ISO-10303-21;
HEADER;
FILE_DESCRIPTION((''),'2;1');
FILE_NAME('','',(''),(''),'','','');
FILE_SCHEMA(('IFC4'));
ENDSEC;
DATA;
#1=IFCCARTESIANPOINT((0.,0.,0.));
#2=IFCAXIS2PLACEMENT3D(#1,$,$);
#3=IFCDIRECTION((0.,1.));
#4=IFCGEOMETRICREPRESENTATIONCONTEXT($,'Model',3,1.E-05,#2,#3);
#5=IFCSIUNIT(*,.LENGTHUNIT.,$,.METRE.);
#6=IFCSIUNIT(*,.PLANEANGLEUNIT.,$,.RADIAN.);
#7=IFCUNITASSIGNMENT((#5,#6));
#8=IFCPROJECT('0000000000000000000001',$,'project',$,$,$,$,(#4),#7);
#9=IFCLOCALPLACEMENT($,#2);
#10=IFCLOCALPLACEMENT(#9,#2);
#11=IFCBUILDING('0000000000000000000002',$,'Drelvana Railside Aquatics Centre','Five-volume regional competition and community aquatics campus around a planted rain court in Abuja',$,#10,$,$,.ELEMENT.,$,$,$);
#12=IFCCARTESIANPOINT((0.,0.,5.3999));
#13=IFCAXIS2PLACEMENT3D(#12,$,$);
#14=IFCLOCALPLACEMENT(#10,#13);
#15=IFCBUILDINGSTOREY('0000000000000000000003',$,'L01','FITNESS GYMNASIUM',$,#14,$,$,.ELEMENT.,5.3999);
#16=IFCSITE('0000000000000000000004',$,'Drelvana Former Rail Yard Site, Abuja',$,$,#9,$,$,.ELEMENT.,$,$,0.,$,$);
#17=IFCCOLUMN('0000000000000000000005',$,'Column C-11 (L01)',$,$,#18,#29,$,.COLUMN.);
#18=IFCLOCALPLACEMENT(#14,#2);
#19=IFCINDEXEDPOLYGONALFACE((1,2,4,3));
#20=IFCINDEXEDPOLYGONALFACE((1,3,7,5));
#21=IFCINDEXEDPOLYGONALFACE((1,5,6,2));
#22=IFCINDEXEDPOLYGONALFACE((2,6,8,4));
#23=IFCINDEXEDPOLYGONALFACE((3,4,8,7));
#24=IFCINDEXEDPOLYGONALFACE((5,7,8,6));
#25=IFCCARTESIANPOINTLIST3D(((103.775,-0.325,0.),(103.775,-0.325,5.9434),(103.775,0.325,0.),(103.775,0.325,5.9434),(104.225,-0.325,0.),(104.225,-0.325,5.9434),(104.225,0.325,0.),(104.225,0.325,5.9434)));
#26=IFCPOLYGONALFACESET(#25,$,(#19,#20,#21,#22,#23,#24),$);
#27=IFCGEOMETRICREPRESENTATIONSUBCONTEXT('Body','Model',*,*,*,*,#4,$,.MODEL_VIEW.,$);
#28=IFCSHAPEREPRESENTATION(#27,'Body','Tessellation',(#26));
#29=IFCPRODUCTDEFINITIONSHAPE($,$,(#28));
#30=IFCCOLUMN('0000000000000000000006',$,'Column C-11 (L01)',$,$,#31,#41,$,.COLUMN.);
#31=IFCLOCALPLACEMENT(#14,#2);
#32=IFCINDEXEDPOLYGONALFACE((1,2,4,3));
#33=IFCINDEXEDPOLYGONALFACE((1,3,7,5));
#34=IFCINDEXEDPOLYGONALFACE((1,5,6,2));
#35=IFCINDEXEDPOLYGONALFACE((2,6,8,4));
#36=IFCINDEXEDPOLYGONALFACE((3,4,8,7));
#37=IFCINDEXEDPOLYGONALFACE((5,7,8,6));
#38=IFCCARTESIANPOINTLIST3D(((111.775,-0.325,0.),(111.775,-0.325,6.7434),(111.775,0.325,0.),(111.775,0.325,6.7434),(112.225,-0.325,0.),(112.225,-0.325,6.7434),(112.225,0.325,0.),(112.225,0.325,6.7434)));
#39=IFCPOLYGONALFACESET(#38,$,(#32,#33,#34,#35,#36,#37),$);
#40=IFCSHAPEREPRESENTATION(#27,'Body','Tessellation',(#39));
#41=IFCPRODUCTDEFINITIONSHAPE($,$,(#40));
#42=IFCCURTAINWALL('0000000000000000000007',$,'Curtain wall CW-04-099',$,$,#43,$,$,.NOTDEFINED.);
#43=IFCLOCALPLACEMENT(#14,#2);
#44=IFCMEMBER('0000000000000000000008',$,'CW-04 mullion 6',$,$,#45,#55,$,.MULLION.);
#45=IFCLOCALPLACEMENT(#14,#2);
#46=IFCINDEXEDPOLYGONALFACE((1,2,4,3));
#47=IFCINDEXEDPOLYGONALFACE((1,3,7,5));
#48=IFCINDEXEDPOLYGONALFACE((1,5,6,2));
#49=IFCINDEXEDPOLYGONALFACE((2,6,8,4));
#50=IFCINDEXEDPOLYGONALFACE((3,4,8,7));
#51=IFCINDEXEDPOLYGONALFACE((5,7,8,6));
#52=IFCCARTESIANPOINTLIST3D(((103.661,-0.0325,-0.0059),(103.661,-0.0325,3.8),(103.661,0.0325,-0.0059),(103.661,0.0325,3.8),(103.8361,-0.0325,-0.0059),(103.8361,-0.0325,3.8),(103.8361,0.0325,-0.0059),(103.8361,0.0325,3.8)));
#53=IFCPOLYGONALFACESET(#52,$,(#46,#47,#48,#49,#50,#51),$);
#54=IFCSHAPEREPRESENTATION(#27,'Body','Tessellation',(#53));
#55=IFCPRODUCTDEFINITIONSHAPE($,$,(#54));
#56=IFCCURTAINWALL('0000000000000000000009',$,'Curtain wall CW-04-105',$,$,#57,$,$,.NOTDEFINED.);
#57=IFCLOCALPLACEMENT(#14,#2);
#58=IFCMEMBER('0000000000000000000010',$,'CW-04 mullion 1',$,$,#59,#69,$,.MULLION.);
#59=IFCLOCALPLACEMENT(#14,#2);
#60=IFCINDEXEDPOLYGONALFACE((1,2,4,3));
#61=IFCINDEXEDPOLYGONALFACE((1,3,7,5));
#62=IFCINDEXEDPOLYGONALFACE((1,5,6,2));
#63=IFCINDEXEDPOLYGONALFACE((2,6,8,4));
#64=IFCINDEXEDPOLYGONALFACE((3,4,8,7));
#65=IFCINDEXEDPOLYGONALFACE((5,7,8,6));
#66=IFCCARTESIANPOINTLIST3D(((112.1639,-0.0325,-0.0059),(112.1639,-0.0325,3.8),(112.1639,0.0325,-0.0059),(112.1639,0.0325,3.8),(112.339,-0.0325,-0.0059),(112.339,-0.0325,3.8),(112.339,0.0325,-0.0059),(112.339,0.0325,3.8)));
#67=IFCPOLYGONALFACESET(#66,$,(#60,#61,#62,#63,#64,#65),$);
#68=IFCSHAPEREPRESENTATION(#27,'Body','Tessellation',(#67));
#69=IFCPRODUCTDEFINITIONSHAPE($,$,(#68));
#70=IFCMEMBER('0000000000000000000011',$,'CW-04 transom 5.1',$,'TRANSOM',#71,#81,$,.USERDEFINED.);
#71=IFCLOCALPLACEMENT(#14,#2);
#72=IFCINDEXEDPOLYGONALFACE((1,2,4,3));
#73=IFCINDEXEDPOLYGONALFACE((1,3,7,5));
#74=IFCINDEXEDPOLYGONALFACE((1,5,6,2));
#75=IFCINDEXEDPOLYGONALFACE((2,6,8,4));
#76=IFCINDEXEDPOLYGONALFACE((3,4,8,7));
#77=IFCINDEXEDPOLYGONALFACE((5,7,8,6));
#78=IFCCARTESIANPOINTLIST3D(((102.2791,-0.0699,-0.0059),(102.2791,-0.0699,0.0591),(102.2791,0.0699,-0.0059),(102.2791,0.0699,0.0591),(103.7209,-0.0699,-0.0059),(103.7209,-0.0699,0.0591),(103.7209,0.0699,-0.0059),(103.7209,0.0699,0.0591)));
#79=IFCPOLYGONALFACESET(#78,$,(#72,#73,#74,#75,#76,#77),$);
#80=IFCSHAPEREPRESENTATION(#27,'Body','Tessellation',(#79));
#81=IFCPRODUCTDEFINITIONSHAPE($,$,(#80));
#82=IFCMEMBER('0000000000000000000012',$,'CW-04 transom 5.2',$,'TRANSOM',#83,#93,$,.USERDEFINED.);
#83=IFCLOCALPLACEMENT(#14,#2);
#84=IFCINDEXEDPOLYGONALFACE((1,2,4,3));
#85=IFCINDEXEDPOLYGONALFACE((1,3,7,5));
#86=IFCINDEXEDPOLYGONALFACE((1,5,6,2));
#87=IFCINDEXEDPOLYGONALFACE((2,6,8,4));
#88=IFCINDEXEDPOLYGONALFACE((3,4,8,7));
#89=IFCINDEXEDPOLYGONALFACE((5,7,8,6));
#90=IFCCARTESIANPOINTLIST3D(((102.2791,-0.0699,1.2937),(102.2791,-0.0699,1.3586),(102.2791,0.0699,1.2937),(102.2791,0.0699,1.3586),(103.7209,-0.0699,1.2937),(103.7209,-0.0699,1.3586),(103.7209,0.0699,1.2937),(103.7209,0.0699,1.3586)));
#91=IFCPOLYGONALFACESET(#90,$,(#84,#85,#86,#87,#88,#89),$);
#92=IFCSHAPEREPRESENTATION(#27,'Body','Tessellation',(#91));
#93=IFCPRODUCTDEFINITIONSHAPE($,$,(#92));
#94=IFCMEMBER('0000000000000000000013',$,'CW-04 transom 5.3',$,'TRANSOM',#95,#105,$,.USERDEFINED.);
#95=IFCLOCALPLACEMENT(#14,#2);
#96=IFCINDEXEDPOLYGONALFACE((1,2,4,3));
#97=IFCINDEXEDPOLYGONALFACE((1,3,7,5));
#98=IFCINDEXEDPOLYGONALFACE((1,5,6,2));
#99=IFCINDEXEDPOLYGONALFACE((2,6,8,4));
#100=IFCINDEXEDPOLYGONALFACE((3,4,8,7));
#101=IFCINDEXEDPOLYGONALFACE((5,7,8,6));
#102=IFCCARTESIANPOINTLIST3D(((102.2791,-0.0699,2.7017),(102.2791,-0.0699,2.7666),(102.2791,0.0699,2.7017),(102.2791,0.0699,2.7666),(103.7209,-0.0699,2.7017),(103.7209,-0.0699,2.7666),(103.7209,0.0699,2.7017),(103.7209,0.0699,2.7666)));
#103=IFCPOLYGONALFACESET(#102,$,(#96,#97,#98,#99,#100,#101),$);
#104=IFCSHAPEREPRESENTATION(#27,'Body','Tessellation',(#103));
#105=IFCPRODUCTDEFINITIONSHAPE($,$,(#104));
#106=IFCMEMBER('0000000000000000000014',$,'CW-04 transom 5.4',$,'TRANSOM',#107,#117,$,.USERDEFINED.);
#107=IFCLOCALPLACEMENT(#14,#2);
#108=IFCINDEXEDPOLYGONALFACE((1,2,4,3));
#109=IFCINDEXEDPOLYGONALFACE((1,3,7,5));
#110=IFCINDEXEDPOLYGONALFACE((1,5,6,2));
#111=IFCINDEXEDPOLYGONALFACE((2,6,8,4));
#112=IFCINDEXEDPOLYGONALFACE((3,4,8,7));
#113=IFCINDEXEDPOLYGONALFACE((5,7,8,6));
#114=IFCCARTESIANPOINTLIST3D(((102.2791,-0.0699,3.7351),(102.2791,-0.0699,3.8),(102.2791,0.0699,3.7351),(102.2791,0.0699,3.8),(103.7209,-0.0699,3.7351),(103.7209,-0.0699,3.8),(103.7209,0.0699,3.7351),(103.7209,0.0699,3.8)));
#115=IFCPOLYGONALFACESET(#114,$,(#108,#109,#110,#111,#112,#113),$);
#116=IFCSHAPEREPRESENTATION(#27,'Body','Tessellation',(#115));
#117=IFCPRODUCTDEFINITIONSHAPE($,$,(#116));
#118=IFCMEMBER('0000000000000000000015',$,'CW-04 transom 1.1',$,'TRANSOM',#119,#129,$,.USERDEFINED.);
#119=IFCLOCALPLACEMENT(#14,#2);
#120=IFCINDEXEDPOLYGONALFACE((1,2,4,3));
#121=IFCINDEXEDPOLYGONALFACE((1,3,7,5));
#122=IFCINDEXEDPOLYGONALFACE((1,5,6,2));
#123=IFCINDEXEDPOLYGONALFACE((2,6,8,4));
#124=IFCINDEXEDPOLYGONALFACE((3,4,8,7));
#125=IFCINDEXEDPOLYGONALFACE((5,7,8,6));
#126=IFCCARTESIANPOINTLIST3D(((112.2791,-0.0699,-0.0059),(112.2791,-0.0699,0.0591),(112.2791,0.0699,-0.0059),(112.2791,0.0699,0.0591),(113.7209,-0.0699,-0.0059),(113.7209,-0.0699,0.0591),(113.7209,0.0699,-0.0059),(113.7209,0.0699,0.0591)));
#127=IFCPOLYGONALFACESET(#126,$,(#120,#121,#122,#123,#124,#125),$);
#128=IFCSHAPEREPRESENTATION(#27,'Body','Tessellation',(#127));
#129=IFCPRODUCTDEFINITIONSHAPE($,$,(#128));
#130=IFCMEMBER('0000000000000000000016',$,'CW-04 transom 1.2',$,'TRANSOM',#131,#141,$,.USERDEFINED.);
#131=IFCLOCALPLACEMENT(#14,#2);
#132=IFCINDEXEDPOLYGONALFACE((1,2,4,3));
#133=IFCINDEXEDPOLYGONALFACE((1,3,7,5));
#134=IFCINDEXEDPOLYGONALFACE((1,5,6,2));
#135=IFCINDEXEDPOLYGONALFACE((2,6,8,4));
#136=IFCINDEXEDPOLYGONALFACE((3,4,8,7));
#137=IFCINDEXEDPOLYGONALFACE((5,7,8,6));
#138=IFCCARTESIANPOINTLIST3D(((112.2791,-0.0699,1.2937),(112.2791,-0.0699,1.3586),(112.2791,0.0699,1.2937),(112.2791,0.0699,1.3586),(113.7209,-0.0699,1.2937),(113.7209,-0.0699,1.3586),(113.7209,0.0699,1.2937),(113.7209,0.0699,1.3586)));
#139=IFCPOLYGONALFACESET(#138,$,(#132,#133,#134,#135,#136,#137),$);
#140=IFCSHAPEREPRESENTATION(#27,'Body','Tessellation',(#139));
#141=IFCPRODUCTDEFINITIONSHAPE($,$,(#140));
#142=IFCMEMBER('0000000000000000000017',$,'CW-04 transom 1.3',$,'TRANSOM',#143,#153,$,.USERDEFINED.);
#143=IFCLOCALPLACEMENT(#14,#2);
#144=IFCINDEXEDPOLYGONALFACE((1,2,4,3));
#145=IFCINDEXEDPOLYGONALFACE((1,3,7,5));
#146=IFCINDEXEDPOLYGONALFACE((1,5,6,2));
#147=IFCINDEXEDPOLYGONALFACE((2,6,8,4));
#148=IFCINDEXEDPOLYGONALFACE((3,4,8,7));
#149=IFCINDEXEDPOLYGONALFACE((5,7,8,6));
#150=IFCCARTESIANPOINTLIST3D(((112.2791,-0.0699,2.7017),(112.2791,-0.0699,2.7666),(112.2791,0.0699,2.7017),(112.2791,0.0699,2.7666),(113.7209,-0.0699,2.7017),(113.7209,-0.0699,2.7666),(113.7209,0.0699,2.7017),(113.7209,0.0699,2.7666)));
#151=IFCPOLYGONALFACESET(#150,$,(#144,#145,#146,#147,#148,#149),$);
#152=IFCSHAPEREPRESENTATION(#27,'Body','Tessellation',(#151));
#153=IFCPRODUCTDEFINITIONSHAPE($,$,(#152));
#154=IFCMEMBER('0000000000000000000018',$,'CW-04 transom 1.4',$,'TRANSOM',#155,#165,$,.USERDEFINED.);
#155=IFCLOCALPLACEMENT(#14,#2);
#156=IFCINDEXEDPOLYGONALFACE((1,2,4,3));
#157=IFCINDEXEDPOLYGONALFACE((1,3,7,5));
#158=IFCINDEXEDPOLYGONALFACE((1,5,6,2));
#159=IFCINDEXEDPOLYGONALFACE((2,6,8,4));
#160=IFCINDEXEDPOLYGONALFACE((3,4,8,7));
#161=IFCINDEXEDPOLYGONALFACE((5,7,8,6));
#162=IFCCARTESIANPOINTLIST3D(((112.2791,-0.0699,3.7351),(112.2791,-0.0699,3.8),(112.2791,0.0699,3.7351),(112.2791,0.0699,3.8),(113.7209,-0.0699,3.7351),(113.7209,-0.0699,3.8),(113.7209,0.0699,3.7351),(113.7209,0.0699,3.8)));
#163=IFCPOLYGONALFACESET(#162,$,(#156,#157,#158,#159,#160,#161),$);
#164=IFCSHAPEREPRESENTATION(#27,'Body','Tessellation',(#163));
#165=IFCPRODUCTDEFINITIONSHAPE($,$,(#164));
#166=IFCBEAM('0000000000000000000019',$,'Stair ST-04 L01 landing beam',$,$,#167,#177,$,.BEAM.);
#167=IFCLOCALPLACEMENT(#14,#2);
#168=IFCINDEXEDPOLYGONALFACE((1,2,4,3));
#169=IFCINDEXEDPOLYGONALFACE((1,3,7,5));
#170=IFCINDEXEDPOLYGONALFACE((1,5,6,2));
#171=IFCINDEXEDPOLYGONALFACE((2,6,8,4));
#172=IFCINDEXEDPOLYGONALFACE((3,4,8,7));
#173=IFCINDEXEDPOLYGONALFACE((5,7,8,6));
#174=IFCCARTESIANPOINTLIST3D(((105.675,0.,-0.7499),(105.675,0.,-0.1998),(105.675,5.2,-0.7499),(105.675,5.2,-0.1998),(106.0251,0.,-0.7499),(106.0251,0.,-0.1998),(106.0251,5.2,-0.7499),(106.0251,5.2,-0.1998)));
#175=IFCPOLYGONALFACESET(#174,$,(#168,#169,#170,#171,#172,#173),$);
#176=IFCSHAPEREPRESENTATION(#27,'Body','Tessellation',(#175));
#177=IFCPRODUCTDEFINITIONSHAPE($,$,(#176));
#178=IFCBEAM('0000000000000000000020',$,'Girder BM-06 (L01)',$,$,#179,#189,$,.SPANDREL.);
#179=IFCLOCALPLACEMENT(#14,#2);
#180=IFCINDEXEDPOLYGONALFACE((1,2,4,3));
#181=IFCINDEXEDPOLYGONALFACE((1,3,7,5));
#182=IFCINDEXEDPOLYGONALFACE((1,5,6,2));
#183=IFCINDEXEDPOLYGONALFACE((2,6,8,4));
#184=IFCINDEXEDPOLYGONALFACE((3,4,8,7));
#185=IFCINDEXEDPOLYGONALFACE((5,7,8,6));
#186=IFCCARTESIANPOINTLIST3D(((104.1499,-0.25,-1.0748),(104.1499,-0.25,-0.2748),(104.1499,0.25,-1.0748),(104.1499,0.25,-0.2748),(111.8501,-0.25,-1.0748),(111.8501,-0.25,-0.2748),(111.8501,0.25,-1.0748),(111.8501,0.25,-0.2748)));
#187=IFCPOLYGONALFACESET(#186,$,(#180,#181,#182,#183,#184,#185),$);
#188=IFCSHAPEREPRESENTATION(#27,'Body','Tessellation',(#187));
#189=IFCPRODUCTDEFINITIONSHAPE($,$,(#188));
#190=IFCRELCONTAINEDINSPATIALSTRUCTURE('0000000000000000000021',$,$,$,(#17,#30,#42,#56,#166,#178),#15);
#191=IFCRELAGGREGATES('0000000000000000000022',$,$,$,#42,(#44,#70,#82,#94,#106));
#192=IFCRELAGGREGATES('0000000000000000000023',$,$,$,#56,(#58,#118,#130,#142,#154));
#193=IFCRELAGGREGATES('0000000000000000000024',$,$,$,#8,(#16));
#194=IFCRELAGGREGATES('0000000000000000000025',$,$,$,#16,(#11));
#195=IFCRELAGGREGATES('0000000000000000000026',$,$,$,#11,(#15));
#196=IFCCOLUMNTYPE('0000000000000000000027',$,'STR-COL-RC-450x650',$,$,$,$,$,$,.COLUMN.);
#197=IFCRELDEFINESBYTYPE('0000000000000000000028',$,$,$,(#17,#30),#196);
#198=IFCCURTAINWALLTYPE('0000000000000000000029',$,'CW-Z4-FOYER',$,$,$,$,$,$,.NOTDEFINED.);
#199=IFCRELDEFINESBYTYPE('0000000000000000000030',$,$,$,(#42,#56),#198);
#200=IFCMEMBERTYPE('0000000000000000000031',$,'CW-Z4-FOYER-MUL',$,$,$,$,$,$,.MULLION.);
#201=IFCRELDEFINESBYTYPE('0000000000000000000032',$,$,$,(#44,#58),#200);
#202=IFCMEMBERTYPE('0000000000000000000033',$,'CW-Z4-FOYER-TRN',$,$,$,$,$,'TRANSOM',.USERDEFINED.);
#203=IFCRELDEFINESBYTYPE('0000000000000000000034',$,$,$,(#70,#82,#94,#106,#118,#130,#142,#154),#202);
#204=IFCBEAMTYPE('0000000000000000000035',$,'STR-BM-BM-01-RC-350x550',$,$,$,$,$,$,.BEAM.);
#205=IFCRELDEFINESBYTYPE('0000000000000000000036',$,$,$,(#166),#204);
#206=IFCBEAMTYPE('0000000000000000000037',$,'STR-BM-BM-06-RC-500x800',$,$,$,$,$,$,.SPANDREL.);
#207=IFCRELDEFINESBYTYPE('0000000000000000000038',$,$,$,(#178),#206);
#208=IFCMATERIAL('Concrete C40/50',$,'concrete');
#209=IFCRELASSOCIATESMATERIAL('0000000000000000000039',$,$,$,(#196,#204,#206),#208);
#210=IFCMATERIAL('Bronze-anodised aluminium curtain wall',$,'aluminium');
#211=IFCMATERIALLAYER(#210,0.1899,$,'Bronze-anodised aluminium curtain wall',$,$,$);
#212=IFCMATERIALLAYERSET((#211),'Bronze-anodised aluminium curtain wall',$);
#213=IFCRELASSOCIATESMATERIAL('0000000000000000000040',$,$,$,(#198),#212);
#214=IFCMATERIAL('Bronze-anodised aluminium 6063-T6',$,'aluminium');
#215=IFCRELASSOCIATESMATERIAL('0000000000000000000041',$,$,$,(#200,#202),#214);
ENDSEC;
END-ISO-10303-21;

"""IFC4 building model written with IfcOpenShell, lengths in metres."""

from ifc_helpers import new_model, si_unit, direction, frame, origin, origin_2d, place, context, subcontext, project, spatial, rectangle, extrude, material, layer, layer_set, material_profile, profile_set, type_object, element, aggregate, save


model = new_model("IFC4")

# Units and contexts
model_context = context("Model", 3, precision=1e-05, world=origin(), true_north=direction((0.0, 1.0)))
body_context = subcontext(model_context, "Body", "Model", "MODEL_VIEW")
ifc_project = project(units=[si_unit("LENGTHUNIT", "METRE"), si_unit("PLANEANGLEUNIT", "RADIAN")], contexts=[model_context])

# Site, building, storey
site_placement = place(None, origin())
site = spatial("IfcSite", under=ifc_project, at=site_placement, Name="Drelvana Former Rail Yard Site, Abuja", CompositionType="ELEMENT", RefElevation=0.0)
building_placement = place(site_placement, origin())
building = spatial("IfcBuilding", under=site, at=building_placement, Name="Drelvana Railside Aquatics Centre", Description="Five-volume regional competition and community aquatics campus around a planted rain court in Abuja", CompositionType="ELEMENT")
storey_placement = place(building_placement, frame((0.0, 0.0, 5.3999)))
storey = spatial("IfcBuildingStorey", under=building, at=storey_placement, Name="L01", Description="FITNESS GYMNASIUM", CompositionType="ELEMENT", Elevation=5.3999)

# Columns
ifc_material_1 = material(Name="Concrete C40/50", Category="concrete")
ifc_material_profile_1 = material_profile(ifc_material_1, rectangle(XDim=0.45, YDim=0.6499, at=origin_2d()), Name="RC 450x650")
ifc_profile_set_1 = profile_set([ifc_material_profile_1], Name="Concrete C40/50")
column_type = type_object("IfcColumnType", Name="STR-COL-RC-450x650", PredefinedType="COLUMN", material=ifc_profile_set_1)
column_1_placement = place(storey_placement, frame((104.0, 0.0, 0.0), z_axis=(0.0, 0.0, 1.0), x_axis=(1.0, 0.0, 0.0)))
element("IfcColumn", 1, at=column_1_placement, inside=storey, type_object=column_type, Name="Column C-11 (L01)", PredefinedType="COLUMN", context=body_context, shape_type="SweptSolid", body=[
    extrude(rectangle(XDim=0.45, YDim=0.6499, at=origin_2d()), origin(), (0.0, 0.0, 1.0), 5.9434),
])
column_2_placement = place(storey_placement, frame((112.0, 0.0, 0.0), z_axis=(0.0, 0.0, 1.0), x_axis=(1.0, 0.0, 0.0)))
element("IfcColumn", 2, at=column_2_placement, inside=storey, type_object=column_type, Name="Column C-11 (L01)", PredefinedType="COLUMN", context=body_context, shape_type="SweptSolid", body=[
    extrude(rectangle(XDim=0.45, YDim=0.6499, at=origin_2d()), origin(), (0.0, 0.0, 1.0), 6.7434),
])

# Curtain walls, members
ifc_material_2 = material(Name="Bronze-anodised aluminium curtain wall", Category="aluminium")
ifc_layer_1 = layer(ifc_material_2, 0.1899, Name="Bronze-anodised aluminium curtain wall")
ifc_layer_set_1 = layer_set([ifc_layer_1], Name="Bronze-anodised aluminium curtain wall")
curtain_wall_type = type_object("IfcCurtainWallType", Name="CW-Z4-FOYER", PredefinedType="NOTDEFINED", material=ifc_layer_set_1)
curtain_wall_1_placement = place(storey_placement, origin())
curtain_wall_1 = element("IfcCurtainWall", 3, at=curtain_wall_1_placement, inside=storey, type_object=curtain_wall_type, Name="Curtain wall CW-04-099", PredefinedType="NOTDEFINED")
ifc_material_3 = material(Name="Bronze-anodised aluminium 6063-T6", Category="aluminium")
ifc_material_profile_2 = material_profile(ifc_material_3, rectangle(XDim=0.0649, YDim=0.175, at=origin_2d()), Name="ALU-M 65x175")
ifc_profile_set_2 = profile_set([ifc_material_profile_2], Name="Bronze-anodised aluminium 6063-T6")
member_type_1 = type_object("IfcMemberType", Name="CW-Z4-FOYER-MUL", PredefinedType="MULLION", material=ifc_profile_set_2)
member_1_placement = place(storey_placement, frame((103.7485, 0.0, -0.0059), z_axis=(0.0, 0.0, 1.0), x_axis=(0.0, 1.0, 0.0)))
member_1 = element("IfcMember", 4, at=member_1_placement, type_object=member_type_1, Name="CW-04 mullion 6", PredefinedType="MULLION", context=body_context, shape_type="SweptSolid", body=[
    extrude(rectangle(XDim=0.0649, YDim=0.175, at=origin_2d()), origin(), (0.0, 0.0, 1.0), 3.8059),
])
curtain_wall_2_placement = place(storey_placement, origin())
curtain_wall_2 = element("IfcCurtainWall", 5, at=curtain_wall_2_placement, inside=storey, type_object=curtain_wall_type, Name="Curtain wall CW-04-105", PredefinedType="NOTDEFINED")
member_2_placement = place(storey_placement, frame((112.2515, 0.0, -0.0059), z_axis=(0.0, 0.0, 1.0), x_axis=(0.0, 1.0, 0.0)))
member_2 = element("IfcMember", 6, at=member_2_placement, type_object=member_type_1, Name="CW-04 mullion 1", PredefinedType="MULLION", context=body_context, shape_type="SweptSolid", body=[
    extrude(rectangle(XDim=0.0649, YDim=0.175, at=origin_2d()), origin(), (0.0, 0.0, 1.0), 3.8059),
])

# Members
ifc_material_profile_3 = material_profile(ifc_material_3, rectangle(XDim=0.1399, YDim=0.0649, at=origin_2d()), Name="ALU-T 65x140")
ifc_profile_set_3 = profile_set([ifc_material_profile_3], Name="Bronze-anodised aluminium 6063-T6")
member_type_2 = type_object("IfcMemberType", Name="CW-Z4-FOYER-TRN", ElementType="TRANSOM", PredefinedType="USERDEFINED", material=ifc_profile_set_3)
member_3_placement = place(storey_placement, frame((102.2791, 0.0, 0.0266), z_axis=(1.0, 0.0, 0.0), x_axis=(0.0, 1.0, 0.0)))
member_3 = element("IfcMember", 7, at=member_3_placement, type_object=member_type_2, Name="CW-04 transom 5.1", ObjectType="TRANSOM", PredefinedType="USERDEFINED", context=body_context, shape_type="SweptSolid", body=[
    extrude(rectangle(XDim=0.1399, YDim=0.0649, at=origin_2d()), origin(), (0.0, 0.0, 1.0), 1.4419),
])
member_4_placement = place(storey_placement, frame((102.2791, 0.0, 1.3262), z_axis=(1.0, 0.0, 0.0), x_axis=(0.0, 1.0, 0.0)))
member_4 = element("IfcMember", 8, at=member_4_placement, type_object=member_type_2, Name="CW-04 transom 5.2", ObjectType="TRANSOM", PredefinedType="USERDEFINED", context=body_context, shape_type="SweptSolid", body=[
    extrude(rectangle(XDim=0.1399, YDim=0.0649, at=origin_2d()), origin(), (0.0, 0.0, 1.0), 1.4419),
])
member_5_placement = place(storey_placement, frame((102.2791, 0.0, 2.7341), z_axis=(1.0, 0.0, 0.0), x_axis=(0.0, 1.0, 0.0)))
member_5 = element("IfcMember", 9, at=member_5_placement, type_object=member_type_2, Name="CW-04 transom 5.3", ObjectType="TRANSOM", PredefinedType="USERDEFINED", context=body_context, shape_type="SweptSolid", body=[
    extrude(rectangle(XDim=0.1399, YDim=0.0649, at=origin_2d()), origin(), (0.0, 0.0, 1.0), 1.4419),
])
member_6_placement = place(storey_placement, frame((102.2791, 0.0, 3.7676), z_axis=(1.0, 0.0, 0.0), x_axis=(0.0, 1.0, 0.0)))
member_6 = element("IfcMember", 10, at=member_6_placement, type_object=member_type_2, Name="CW-04 transom 5.4", ObjectType="TRANSOM", PredefinedType="USERDEFINED", context=body_context, shape_type="SweptSolid", body=[
    extrude(rectangle(XDim=0.1399, YDim=0.0649, at=origin_2d()), origin(), (0.0, 0.0, 1.0), 1.4419),
])
member_7_placement = place(storey_placement, frame((112.2791, 0.0, 0.0266), z_axis=(1.0, 0.0, 0.0), x_axis=(0.0, 1.0, 0.0)))
member_7 = element("IfcMember", 11, at=member_7_placement, type_object=member_type_2, Name="CW-04 transom 1.1", ObjectType="TRANSOM", PredefinedType="USERDEFINED", context=body_context, shape_type="SweptSolid", body=[
    extrude(rectangle(XDim=0.1399, YDim=0.0649, at=origin_2d()), origin(), (0.0, 0.0, 1.0), 1.4419),
])
member_8_placement = place(storey_placement, frame((112.2791, 0.0, 1.3262), z_axis=(1.0, 0.0, 0.0), x_axis=(0.0, 1.0, 0.0)))
member_8 = element("IfcMember", 12, at=member_8_placement, type_object=member_type_2, Name="CW-04 transom 1.2", ObjectType="TRANSOM", PredefinedType="USERDEFINED", context=body_context, shape_type="SweptSolid", body=[
    extrude(rectangle(XDim=0.1399, YDim=0.0649, at=origin_2d()), origin(), (0.0, 0.0, 1.0), 1.4419),
])
member_9_placement = place(storey_placement, frame((112.2791, 0.0, 2.7341), z_axis=(1.0, 0.0, 0.0), x_axis=(0.0, 1.0, 0.0)))
member_9 = element("IfcMember", 13, at=member_9_placement, type_object=member_type_2, Name="CW-04 transom 1.3", ObjectType="TRANSOM", PredefinedType="USERDEFINED", context=body_context, shape_type="SweptSolid", body=[
    extrude(rectangle(XDim=0.1399, YDim=0.0649, at=origin_2d()), origin(), (0.0, 0.0, 1.0), 1.4419),
])
member_10_placement = place(storey_placement, frame((112.2791, 0.0, 3.7676), z_axis=(1.0, 0.0, 0.0), x_axis=(0.0, 1.0, 0.0)))
member_10 = element("IfcMember", 14, at=member_10_placement, type_object=member_type_2, Name="CW-04 transom 1.4", ObjectType="TRANSOM", PredefinedType="USERDEFINED", context=body_context, shape_type="SweptSolid", body=[
    extrude(rectangle(XDim=0.1399, YDim=0.0649, at=origin_2d()), origin(), (0.0, 0.0, 1.0), 1.4419),
])

# Beams
ifc_material_profile_4 = material_profile(ifc_material_1, rectangle(XDim=0.3501, YDim=0.55, at=origin_2d()), Name="RC 350x550")
ifc_profile_set_4 = profile_set([ifc_material_profile_4], Name="Concrete C40/50")
beam_type_1 = type_object("IfcBeamType", Name="STR-BM-BM-01-RC-350x550", PredefinedType="BEAM", material=ifc_profile_set_4)
beam_placement = place(storey_placement, frame((105.8501, 0.0, -0.4749), z_axis=(0.0, 1.0, 0.0), x_axis=(-1.0, 0.0, 0.0)))
element("IfcBeam", 15, at=beam_placement, inside=storey, type_object=beam_type_1, Name="Stair ST-04 L01 landing beam", PredefinedType="BEAM", context=body_context, shape_type="SweptSolid", body=[
    extrude(rectangle(XDim=0.3501, YDim=0.55, at=origin_2d()), origin(), (0.0, 0.0, 1.0), 5.2),
])
ifc_material_profile_5 = material_profile(ifc_material_1, rectangle(XDim=0.5, YDim=0.8, at=origin_2d()), Name="RC 500x800")
ifc_profile_set_5 = profile_set([ifc_material_profile_5], Name="Concrete C40/50")
beam_type_2 = type_object("IfcBeamType", Name="STR-BM-BM-06-RC-500x800", PredefinedType="SPANDREL", material=ifc_profile_set_5)
for number, where, z_axis, x_axis, name in (
    (16, (104.1499, 0.0, -0.6748), (1.0, 0.0, 0.0), (0.0, 1.0, 0.0), "Girder BM-06 (L01)"),
):
    element("IfcBeam", number, at=place(storey_placement, frame(where, z_axis=z_axis, x_axis=x_axis)), inside=storey, type_object=beam_type_2, Name=name, PredefinedType="SPANDREL", context=body_context, shape_type="SweptSolid", body=[
        extrude(rectangle(XDim=0.5, YDim=0.8, at=origin_2d()), origin(), (0.0, 0.0, 1.0), 7.7002),
    ])

aggregate(curtain_wall_1, [member_1, member_3, member_4, member_5, member_6])
aggregate(curtain_wall_2, [member_2, member_7, member_8, member_9, member_10])

save(model, "model.ifc")
